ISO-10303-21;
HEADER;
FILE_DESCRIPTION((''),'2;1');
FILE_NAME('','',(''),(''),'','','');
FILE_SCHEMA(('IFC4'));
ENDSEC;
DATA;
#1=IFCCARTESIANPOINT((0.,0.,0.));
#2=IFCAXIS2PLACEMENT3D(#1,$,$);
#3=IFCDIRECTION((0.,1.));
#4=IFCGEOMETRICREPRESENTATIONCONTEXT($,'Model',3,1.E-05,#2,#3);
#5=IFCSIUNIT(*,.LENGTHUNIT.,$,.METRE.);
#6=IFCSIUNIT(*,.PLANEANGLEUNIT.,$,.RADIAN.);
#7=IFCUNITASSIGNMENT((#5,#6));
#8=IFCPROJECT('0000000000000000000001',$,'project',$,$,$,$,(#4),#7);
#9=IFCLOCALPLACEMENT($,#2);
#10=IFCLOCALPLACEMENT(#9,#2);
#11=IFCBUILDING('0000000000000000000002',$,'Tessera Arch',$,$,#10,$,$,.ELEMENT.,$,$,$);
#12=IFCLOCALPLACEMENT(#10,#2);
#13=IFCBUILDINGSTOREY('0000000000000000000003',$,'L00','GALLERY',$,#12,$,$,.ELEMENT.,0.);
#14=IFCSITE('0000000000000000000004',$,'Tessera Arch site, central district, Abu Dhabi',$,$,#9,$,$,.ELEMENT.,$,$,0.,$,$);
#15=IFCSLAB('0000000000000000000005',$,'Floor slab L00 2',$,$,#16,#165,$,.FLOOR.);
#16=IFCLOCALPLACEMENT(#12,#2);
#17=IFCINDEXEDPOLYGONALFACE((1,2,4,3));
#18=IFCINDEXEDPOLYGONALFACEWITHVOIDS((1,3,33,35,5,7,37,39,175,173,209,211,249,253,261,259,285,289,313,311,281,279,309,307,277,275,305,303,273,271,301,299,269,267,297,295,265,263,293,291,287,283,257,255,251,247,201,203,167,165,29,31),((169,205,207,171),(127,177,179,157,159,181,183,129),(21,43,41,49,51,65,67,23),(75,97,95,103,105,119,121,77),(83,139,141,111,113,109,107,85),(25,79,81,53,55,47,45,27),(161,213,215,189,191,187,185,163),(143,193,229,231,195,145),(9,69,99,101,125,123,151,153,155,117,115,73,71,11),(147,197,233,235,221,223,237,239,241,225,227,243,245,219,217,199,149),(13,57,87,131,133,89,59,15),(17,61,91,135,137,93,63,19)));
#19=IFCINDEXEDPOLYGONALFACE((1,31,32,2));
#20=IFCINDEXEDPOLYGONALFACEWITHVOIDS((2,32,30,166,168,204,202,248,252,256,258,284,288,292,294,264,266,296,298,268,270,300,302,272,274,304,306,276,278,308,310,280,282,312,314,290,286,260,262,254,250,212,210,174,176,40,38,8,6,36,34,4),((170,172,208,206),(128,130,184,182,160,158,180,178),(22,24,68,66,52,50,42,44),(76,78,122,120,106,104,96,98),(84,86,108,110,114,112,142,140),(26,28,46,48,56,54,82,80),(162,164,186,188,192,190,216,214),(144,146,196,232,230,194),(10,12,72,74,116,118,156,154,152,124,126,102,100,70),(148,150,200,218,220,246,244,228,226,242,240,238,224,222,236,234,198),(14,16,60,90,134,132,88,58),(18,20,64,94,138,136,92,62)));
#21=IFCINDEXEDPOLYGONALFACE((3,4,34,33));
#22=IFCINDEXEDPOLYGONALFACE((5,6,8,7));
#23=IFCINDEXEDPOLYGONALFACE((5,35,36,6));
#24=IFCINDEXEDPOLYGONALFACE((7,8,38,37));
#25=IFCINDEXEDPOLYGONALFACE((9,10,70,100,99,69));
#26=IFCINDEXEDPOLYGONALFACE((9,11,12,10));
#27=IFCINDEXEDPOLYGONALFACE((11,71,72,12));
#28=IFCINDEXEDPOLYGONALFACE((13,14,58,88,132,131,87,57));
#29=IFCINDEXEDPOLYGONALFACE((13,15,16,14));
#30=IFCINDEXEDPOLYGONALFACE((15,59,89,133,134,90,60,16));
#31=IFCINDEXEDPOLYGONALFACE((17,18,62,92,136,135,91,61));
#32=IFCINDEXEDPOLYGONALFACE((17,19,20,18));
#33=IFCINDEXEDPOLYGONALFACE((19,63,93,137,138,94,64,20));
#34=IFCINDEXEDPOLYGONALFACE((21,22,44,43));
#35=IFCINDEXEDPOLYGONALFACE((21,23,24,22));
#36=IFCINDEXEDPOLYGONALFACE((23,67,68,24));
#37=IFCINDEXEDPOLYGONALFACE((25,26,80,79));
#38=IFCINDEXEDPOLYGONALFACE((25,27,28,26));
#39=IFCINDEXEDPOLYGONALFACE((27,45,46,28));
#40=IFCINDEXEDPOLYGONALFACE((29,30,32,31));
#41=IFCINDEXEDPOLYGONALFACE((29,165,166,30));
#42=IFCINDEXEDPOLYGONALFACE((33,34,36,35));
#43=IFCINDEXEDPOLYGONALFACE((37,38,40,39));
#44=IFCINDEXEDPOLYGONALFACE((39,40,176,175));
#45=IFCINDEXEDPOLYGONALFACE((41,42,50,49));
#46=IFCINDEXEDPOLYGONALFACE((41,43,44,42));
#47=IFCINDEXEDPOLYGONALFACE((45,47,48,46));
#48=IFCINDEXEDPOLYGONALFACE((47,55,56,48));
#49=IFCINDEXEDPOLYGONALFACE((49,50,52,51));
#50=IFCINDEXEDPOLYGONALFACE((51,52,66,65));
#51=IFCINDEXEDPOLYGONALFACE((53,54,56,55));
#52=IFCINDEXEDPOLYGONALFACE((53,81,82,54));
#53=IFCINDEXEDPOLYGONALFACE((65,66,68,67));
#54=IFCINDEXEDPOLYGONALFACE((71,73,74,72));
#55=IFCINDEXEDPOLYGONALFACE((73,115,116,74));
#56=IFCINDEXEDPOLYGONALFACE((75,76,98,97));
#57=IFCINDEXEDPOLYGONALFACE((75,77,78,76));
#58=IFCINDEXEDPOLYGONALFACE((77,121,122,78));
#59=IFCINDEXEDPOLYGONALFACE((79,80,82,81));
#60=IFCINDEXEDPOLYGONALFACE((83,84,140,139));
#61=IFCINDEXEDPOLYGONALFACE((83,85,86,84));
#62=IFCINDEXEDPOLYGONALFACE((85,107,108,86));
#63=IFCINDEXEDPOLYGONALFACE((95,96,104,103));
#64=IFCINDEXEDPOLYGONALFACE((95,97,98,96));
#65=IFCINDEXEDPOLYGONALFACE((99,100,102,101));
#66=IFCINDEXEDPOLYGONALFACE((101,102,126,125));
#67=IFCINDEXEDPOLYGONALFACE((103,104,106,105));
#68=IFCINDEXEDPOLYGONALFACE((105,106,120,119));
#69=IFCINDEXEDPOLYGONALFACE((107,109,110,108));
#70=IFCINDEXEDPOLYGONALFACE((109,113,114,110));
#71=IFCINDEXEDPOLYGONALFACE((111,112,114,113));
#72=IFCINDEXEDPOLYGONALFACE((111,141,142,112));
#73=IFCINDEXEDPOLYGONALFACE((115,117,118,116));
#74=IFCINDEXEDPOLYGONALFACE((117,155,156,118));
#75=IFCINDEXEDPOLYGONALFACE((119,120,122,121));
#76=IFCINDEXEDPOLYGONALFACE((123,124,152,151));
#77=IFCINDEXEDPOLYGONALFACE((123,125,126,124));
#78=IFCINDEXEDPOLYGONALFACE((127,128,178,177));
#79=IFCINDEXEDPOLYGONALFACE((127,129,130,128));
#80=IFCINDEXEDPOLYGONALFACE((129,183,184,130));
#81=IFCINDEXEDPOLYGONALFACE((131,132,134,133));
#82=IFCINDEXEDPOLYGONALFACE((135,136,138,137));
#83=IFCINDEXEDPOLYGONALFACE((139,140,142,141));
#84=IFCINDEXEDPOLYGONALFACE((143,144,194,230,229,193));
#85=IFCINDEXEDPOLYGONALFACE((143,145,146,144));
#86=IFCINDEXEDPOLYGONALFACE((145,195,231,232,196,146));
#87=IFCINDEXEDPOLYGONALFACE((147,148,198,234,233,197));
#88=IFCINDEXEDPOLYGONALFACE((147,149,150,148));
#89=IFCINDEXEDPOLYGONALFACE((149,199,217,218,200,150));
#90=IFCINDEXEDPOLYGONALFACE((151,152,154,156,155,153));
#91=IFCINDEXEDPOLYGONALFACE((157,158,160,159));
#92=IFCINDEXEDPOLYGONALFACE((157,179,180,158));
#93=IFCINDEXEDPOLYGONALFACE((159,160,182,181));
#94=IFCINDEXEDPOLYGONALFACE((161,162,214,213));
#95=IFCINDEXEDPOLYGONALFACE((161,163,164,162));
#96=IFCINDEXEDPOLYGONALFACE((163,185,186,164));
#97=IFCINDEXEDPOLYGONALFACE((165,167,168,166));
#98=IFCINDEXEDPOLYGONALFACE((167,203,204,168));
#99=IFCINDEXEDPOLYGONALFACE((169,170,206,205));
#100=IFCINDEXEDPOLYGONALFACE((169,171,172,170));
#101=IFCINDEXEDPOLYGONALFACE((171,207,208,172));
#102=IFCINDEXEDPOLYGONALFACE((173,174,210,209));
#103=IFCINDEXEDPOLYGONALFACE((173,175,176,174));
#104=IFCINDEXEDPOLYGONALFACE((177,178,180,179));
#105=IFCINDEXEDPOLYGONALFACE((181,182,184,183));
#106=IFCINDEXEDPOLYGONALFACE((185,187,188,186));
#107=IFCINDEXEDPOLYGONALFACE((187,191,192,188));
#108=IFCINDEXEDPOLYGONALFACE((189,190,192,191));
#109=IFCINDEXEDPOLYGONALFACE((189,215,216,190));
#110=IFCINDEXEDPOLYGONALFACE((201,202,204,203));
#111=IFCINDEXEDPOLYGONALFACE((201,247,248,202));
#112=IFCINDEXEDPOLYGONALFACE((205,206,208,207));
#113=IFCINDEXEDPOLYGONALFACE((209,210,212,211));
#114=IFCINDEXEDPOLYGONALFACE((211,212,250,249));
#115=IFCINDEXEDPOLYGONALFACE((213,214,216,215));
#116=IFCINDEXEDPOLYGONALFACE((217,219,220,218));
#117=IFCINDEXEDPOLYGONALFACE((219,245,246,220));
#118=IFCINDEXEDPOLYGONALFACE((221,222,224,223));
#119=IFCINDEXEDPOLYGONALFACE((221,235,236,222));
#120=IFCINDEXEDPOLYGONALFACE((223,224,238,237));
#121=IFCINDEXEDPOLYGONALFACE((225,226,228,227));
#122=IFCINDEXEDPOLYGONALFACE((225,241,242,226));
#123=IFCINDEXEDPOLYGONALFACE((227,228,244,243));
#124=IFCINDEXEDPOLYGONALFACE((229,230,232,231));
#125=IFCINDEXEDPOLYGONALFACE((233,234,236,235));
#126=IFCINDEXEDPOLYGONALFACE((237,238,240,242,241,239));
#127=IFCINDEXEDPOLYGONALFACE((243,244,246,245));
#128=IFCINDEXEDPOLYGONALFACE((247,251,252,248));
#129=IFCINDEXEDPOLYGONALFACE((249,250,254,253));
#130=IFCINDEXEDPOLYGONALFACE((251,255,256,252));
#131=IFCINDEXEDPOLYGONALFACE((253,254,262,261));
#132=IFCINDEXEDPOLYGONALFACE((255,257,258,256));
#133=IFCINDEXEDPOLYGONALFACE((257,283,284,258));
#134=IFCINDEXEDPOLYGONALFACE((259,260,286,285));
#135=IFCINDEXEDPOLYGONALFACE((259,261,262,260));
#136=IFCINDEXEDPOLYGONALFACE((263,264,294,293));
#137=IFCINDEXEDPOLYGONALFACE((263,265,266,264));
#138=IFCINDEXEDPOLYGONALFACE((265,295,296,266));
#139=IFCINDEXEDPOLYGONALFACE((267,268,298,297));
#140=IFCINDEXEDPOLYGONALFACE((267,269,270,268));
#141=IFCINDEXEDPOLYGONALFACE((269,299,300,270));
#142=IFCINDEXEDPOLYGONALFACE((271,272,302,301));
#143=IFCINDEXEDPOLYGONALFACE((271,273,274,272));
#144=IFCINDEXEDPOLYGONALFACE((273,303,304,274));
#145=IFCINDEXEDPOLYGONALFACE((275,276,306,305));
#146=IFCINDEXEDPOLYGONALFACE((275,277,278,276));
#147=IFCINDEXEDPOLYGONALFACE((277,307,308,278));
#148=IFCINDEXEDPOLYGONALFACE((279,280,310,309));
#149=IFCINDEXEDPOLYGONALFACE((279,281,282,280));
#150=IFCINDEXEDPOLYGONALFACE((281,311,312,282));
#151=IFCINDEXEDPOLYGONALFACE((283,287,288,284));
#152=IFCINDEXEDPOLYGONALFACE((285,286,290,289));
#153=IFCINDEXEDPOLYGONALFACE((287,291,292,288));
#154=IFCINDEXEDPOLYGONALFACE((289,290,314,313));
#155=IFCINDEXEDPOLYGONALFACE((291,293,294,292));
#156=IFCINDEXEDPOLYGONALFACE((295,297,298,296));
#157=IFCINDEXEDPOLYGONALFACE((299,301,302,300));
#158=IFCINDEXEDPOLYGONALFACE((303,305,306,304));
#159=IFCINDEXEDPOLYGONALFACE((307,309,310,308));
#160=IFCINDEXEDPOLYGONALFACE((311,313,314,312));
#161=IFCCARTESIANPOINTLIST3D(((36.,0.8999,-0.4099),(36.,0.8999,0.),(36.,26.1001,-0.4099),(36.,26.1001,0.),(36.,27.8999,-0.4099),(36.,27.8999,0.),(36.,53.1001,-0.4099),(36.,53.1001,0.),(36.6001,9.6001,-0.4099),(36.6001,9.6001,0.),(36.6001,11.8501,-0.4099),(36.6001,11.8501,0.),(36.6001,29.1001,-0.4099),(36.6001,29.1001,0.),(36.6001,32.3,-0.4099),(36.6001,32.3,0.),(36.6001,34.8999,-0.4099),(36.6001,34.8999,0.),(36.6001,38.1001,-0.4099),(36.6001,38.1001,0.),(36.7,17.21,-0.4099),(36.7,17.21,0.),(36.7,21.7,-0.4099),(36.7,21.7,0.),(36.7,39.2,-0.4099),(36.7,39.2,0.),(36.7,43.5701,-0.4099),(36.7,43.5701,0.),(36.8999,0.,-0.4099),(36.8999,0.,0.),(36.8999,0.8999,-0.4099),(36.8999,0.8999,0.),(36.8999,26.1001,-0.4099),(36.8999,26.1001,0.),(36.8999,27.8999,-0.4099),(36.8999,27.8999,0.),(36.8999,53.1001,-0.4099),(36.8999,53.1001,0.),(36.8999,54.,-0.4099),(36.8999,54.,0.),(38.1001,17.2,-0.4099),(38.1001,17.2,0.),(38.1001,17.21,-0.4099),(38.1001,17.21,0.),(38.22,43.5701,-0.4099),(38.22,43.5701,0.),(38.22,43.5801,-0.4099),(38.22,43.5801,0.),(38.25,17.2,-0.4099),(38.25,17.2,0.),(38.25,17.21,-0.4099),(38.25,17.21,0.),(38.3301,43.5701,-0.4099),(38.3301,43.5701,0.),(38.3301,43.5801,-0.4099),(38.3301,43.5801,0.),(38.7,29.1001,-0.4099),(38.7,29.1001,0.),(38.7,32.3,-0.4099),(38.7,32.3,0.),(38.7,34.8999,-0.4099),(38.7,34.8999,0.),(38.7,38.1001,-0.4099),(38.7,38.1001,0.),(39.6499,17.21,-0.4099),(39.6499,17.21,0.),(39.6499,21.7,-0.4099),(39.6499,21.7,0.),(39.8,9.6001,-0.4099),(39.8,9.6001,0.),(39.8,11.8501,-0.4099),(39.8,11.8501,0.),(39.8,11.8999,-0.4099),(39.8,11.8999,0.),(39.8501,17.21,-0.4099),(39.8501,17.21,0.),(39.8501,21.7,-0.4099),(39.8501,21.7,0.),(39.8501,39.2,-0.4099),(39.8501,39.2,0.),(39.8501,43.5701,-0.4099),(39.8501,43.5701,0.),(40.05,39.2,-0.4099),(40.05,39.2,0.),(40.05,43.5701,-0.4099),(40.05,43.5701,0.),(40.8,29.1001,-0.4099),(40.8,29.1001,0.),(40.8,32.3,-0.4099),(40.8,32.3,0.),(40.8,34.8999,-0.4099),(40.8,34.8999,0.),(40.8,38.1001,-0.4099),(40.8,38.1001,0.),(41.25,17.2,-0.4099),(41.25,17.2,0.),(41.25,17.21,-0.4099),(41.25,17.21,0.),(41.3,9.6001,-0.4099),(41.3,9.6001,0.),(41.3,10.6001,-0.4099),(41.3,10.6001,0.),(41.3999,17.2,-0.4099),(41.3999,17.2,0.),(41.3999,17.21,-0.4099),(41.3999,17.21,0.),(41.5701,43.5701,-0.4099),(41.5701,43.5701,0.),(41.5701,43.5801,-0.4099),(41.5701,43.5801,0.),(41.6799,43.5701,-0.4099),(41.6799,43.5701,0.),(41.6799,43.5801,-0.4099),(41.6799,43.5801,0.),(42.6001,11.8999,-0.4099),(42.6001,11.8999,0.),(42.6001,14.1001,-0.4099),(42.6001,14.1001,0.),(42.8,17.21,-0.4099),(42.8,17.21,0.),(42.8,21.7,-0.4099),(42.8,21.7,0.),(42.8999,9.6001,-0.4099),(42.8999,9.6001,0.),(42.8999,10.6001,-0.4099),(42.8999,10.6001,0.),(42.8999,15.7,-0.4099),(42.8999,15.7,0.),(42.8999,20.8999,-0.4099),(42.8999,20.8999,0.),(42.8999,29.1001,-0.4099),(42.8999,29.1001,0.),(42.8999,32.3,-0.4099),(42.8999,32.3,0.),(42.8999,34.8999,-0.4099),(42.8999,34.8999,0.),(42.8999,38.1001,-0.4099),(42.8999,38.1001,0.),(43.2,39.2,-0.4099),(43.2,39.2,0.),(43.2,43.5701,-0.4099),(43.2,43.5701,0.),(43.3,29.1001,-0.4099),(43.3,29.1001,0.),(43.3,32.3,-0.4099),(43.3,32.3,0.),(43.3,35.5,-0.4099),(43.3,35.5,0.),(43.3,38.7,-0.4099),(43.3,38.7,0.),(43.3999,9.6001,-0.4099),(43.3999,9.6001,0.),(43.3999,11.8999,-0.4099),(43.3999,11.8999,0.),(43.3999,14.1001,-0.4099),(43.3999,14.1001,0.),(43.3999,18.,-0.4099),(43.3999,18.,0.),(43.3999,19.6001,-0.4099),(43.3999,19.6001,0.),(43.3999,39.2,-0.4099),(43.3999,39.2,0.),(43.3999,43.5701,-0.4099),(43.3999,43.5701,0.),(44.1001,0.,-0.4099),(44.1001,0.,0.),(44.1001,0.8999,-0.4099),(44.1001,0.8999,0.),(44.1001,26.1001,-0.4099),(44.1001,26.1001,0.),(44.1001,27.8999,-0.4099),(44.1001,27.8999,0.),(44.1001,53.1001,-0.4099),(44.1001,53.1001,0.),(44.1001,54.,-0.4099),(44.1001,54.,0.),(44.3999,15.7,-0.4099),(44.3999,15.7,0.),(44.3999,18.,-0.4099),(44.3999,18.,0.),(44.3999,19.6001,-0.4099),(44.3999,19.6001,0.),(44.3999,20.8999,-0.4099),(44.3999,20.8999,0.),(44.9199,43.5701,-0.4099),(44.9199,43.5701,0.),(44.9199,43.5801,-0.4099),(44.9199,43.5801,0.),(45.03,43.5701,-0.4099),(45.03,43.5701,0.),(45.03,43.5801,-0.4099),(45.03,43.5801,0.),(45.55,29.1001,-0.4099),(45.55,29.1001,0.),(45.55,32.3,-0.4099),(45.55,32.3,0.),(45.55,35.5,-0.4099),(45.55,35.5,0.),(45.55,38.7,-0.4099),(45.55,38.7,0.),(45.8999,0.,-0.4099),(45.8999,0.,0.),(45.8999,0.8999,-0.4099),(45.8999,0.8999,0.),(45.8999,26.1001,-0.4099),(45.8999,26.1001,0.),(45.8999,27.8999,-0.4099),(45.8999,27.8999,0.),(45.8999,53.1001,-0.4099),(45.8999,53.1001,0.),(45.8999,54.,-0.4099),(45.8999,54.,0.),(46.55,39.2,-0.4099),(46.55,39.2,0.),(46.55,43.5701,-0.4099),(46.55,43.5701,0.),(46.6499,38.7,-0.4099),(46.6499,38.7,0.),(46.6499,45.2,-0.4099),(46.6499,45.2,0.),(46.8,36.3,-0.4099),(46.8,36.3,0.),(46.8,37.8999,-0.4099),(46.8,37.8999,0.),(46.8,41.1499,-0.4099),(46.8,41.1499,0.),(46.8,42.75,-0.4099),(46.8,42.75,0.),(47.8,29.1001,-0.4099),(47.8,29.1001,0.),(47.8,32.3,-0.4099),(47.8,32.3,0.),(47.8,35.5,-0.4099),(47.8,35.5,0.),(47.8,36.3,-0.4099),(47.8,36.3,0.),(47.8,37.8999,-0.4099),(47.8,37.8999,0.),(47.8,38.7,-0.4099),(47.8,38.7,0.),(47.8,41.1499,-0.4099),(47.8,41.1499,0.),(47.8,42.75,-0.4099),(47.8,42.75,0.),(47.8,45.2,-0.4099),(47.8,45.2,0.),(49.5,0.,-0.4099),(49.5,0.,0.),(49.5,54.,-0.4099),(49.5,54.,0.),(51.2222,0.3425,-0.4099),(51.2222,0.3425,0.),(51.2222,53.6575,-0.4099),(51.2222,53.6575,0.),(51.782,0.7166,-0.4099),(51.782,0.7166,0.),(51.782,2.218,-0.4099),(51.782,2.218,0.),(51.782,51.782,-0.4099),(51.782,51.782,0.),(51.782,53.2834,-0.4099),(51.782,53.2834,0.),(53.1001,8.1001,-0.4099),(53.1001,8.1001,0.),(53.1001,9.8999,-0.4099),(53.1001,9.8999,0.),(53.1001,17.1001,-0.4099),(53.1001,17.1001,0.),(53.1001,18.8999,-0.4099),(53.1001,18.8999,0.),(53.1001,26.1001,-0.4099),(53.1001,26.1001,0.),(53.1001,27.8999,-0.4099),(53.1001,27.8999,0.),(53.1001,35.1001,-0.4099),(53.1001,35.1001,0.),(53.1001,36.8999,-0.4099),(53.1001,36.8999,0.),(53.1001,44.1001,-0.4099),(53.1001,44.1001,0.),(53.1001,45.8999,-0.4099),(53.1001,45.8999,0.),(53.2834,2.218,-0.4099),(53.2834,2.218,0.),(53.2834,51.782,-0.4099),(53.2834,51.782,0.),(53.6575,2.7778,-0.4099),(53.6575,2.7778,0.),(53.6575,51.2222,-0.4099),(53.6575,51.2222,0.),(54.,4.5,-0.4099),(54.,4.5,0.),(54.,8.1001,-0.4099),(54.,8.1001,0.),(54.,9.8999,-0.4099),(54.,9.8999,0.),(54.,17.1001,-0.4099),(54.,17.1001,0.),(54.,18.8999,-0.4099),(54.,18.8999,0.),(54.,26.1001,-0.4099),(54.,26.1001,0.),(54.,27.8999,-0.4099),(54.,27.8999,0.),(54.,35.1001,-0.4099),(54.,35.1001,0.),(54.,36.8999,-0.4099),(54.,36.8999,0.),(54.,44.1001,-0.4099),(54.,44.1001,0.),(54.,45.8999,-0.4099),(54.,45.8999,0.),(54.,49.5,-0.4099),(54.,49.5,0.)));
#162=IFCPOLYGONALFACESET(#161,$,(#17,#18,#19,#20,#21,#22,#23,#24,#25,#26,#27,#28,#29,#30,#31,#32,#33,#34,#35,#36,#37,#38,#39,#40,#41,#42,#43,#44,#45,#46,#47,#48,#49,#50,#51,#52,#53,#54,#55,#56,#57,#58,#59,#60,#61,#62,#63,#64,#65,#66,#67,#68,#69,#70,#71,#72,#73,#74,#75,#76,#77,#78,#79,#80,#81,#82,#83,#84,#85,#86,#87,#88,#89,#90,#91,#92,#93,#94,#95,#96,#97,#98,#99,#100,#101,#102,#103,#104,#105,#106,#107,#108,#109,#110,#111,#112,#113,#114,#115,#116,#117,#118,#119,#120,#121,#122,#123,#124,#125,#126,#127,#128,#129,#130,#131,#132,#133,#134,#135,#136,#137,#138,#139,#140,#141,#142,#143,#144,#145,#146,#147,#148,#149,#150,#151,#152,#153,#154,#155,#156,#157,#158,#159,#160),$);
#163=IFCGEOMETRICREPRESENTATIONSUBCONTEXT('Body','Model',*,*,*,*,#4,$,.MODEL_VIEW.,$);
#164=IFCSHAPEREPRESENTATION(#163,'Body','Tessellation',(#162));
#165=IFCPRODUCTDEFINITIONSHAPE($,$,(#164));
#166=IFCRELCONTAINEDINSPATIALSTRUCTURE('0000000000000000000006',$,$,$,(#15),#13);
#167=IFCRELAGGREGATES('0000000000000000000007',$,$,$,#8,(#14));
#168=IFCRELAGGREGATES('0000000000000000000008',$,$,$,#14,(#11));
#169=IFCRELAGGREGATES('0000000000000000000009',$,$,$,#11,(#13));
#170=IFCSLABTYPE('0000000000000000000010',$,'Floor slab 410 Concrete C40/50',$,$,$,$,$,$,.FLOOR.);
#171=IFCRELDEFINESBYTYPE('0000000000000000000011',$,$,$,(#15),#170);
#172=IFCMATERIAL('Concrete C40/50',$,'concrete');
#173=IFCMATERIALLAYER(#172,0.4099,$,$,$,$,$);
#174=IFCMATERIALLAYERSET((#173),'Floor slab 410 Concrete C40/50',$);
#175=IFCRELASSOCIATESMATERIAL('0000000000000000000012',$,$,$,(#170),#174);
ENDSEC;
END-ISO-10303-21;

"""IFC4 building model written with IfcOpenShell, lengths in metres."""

from ifc_helpers import new_model, si_unit, direction, frame, origin, place, context, subcontext, project, spatial, polyline, outline, extrude, material, layer, layer_set, type_object, element, save


model = new_model("IFC4")

# Units and contexts
model_context = context("Model", 3, precision=1e-05, world=origin(), true_north=direction((0.0, 1.0)))
body_context = subcontext(model_context, "Body", "Model", "MODEL_VIEW")
ifc_project = project(units=[si_unit("LENGTHUNIT", "METRE"), si_unit("PLANEANGLEUNIT", "RADIAN")], contexts=[model_context])

# Site, building, storey
site_placement = place(None, origin())
site = spatial("IfcSite", under=ifc_project, at=site_placement, Name="Tessera Arch site, central district, Abu Dhabi", CompositionType="ELEMENT", RefElevation=0.0)
building_placement = place(site_placement, origin())
building = spatial("IfcBuilding", under=site, at=building_placement, Name="Tessera Arch", CompositionType="ELEMENT")
storey_placement = place(building_placement, origin())
storey = spatial("IfcBuildingStorey", under=building, at=storey_placement, Name="L00", Description="GALLERY", CompositionType="ELEMENT", Elevation=0.0)

# Slab
ifc_material_1 = material(Name="Concrete C40/50", Category="concrete")
ifc_layer_1 = layer(ifc_material_1, 0.4099)
ifc_layer_set_1 = layer_set([ifc_layer_1], Name="Floor slab 410 Concrete C40/50")
slab_type_1 = type_object("IfcSlabType", Name="Floor slab 410 Concrete C40/50", PredefinedType="FLOOR", material=ifc_layer_set_1)
slab_1_placement = place(storey_placement, frame((0.0, 0.0, -0.4099)))
element("IfcSlab", 1, at=slab_1_placement, inside=storey, type_object=slab_type_1, Name="Floor slab L00 2", PredefinedType="FLOOR", context=body_context, shape_type="SweptSolid", body=[
    extrude(outline(polyline([(53.2834, 2.218), (51.782, 2.218), (51.782, 0.7166), (51.2222, 0.3425), (49.5, 0.0), (45.8999, 0.0), (45.8999, 0.8999), (44.1001, 0.8999), (44.1001, 0.0), (36.8999, 0.0), (36.8999, 0.8999), (36.0, 0.8999), (36.0, 26.1001), (36.8999, 26.1001), (36.8999, 27.8999), (36.0, 27.8999), (36.0, 53.1001), (36.8999, 53.1001), (36.8999, 54.0), (44.1001, 54.0), (44.1001, 53.1001), (45.8999, 53.1001), (45.8999, 54.0), (49.5, 54.0), (51.2222, 53.6575), (51.782, 53.2834), (51.782, 51.782), (53.2834, 51.782), (53.6575, 51.2222), (54.0, 49.5), (54.0, 45.8999), (53.1001, 45.8999), (53.1001, 44.1001), (54.0, 44.1001), (54.0, 36.8999), (53.1001, 36.8999), (53.1001, 35.1001), (54.0, 35.1001), (54.0, 27.8999), (53.1001, 27.8999), (53.1001, 26.1001), (54.0, 26.1001), (54.0, 18.8999), (53.1001, 18.8999), (53.1001, 17.1001), (54.0, 17.1001), (54.0, 9.8999), (53.1001, 9.8999), (53.1001, 8.1001), (54.0, 8.1001), (54.0, 4.5), (53.6575, 2.7778), (53.2834, 2.218)]), holes=[polyline([(36.6001, 11.8501), (36.6001, 9.6001), (39.8, 9.6001), (41.3, 9.6001), (41.3, 10.6001), (42.8999, 10.6001), (42.8999, 9.6001), (43.3999, 9.6001), (43.3999, 11.8999), (43.3999, 14.1001), (42.6001, 14.1001), (42.6001, 11.8999), (39.8, 11.8999), (39.8, 11.8501), (36.6001, 11.8501)]), polyline([(38.1001, 17.21), (38.1001, 17.2), (38.25, 17.2), (38.25, 17.21), (39.6499, 17.21), (39.6499, 21.7), (36.7, 21.7), (36.7, 17.21), (38.1001, 17.21)]), polyline([(36.6001, 32.3), (36.6001, 29.1001), (38.7, 29.1001), (40.8, 29.1001), (42.8999, 29.1001), (42.8999, 32.3), (40.8, 32.3), (38.7, 32.3), (36.6001, 32.3)]), polyline([(38.7, 38.1001), (36.6001, 38.1001), (36.6001, 34.8999), (38.7, 34.8999), (40.8, 34.8999), (42.8999, 34.8999), (42.8999, 38.1001), (40.8, 38.1001), (38.7, 38.1001)]), polyline([(42.8999, 15.7), (44.3999, 15.7), (44.3999, 18.0), (43.3999, 18.0), (43.3999, 19.6001), (44.3999, 19.6001), (44.3999, 20.8999), (42.8999, 20.8999), (42.8999, 15.7)]), polyline([(41.25, 17.2), (41.3999, 17.2), (41.3999, 17.21), (42.8, 17.21), (42.8, 21.7), (39.8501, 21.7), (39.8501, 17.21), (41.25, 17.21), (41.25, 17.2)]), polyline([(44.1001, 27.8999), (44.1001, 26.1001), (45.8999, 26.1001), (45.8999, 27.8999), (44.1001, 27.8999)]), polyline([(43.3, 29.1001), (45.55, 29.1001), (47.8, 29.1001), (47.8, 32.3), (45.55, 32.3), (43.3, 32.3), (43.3, 29.1001)]), polyline([(46.6499, 45.2), (46.6499, 38.7), (45.55, 38.7), (43.3, 38.7), (43.3, 35.5), (45.55, 35.5), (47.8, 35.5), (47.8, 36.3), (46.8, 36.3), (46.8, 37.8999), (47.8, 37.8999), (47.8, 38.7), (47.8, 41.1499), (46.8, 41.1499), (46.8, 42.75), (47.8, 42.75), (47.8, 45.2), (46.6499, 45.2)]), polyline([(45.03, 43.5701), (45.03, 43.5801), (44.9199, 43.5801), (44.9199, 43.5701), (43.3999, 43.5701), (43.3999, 39.2), (46.55, 39.2), (46.55, 43.5701), (45.03, 43.5701)]), polyline([(38.3301, 43.5801), (38.22, 43.5801), (38.22, 43.5701), (36.7, 43.5701), (36.7, 39.2), (39.8501, 39.2), (39.8501, 43.5701), (38.3301, 43.5701), (38.3301, 43.5801)]), polyline([(41.6799, 43.5701), (41.6799, 43.5801), (41.5701, 43.5801), (41.5701, 43.5701), (40.05, 43.5701), (40.05, 39.2), (43.2, 39.2), (43.2, 43.5701), (41.6799, 43.5701)])]), origin(), (0.0, 0.0, 1.0), 0.4099),
])

save(model, "model.ifc")
